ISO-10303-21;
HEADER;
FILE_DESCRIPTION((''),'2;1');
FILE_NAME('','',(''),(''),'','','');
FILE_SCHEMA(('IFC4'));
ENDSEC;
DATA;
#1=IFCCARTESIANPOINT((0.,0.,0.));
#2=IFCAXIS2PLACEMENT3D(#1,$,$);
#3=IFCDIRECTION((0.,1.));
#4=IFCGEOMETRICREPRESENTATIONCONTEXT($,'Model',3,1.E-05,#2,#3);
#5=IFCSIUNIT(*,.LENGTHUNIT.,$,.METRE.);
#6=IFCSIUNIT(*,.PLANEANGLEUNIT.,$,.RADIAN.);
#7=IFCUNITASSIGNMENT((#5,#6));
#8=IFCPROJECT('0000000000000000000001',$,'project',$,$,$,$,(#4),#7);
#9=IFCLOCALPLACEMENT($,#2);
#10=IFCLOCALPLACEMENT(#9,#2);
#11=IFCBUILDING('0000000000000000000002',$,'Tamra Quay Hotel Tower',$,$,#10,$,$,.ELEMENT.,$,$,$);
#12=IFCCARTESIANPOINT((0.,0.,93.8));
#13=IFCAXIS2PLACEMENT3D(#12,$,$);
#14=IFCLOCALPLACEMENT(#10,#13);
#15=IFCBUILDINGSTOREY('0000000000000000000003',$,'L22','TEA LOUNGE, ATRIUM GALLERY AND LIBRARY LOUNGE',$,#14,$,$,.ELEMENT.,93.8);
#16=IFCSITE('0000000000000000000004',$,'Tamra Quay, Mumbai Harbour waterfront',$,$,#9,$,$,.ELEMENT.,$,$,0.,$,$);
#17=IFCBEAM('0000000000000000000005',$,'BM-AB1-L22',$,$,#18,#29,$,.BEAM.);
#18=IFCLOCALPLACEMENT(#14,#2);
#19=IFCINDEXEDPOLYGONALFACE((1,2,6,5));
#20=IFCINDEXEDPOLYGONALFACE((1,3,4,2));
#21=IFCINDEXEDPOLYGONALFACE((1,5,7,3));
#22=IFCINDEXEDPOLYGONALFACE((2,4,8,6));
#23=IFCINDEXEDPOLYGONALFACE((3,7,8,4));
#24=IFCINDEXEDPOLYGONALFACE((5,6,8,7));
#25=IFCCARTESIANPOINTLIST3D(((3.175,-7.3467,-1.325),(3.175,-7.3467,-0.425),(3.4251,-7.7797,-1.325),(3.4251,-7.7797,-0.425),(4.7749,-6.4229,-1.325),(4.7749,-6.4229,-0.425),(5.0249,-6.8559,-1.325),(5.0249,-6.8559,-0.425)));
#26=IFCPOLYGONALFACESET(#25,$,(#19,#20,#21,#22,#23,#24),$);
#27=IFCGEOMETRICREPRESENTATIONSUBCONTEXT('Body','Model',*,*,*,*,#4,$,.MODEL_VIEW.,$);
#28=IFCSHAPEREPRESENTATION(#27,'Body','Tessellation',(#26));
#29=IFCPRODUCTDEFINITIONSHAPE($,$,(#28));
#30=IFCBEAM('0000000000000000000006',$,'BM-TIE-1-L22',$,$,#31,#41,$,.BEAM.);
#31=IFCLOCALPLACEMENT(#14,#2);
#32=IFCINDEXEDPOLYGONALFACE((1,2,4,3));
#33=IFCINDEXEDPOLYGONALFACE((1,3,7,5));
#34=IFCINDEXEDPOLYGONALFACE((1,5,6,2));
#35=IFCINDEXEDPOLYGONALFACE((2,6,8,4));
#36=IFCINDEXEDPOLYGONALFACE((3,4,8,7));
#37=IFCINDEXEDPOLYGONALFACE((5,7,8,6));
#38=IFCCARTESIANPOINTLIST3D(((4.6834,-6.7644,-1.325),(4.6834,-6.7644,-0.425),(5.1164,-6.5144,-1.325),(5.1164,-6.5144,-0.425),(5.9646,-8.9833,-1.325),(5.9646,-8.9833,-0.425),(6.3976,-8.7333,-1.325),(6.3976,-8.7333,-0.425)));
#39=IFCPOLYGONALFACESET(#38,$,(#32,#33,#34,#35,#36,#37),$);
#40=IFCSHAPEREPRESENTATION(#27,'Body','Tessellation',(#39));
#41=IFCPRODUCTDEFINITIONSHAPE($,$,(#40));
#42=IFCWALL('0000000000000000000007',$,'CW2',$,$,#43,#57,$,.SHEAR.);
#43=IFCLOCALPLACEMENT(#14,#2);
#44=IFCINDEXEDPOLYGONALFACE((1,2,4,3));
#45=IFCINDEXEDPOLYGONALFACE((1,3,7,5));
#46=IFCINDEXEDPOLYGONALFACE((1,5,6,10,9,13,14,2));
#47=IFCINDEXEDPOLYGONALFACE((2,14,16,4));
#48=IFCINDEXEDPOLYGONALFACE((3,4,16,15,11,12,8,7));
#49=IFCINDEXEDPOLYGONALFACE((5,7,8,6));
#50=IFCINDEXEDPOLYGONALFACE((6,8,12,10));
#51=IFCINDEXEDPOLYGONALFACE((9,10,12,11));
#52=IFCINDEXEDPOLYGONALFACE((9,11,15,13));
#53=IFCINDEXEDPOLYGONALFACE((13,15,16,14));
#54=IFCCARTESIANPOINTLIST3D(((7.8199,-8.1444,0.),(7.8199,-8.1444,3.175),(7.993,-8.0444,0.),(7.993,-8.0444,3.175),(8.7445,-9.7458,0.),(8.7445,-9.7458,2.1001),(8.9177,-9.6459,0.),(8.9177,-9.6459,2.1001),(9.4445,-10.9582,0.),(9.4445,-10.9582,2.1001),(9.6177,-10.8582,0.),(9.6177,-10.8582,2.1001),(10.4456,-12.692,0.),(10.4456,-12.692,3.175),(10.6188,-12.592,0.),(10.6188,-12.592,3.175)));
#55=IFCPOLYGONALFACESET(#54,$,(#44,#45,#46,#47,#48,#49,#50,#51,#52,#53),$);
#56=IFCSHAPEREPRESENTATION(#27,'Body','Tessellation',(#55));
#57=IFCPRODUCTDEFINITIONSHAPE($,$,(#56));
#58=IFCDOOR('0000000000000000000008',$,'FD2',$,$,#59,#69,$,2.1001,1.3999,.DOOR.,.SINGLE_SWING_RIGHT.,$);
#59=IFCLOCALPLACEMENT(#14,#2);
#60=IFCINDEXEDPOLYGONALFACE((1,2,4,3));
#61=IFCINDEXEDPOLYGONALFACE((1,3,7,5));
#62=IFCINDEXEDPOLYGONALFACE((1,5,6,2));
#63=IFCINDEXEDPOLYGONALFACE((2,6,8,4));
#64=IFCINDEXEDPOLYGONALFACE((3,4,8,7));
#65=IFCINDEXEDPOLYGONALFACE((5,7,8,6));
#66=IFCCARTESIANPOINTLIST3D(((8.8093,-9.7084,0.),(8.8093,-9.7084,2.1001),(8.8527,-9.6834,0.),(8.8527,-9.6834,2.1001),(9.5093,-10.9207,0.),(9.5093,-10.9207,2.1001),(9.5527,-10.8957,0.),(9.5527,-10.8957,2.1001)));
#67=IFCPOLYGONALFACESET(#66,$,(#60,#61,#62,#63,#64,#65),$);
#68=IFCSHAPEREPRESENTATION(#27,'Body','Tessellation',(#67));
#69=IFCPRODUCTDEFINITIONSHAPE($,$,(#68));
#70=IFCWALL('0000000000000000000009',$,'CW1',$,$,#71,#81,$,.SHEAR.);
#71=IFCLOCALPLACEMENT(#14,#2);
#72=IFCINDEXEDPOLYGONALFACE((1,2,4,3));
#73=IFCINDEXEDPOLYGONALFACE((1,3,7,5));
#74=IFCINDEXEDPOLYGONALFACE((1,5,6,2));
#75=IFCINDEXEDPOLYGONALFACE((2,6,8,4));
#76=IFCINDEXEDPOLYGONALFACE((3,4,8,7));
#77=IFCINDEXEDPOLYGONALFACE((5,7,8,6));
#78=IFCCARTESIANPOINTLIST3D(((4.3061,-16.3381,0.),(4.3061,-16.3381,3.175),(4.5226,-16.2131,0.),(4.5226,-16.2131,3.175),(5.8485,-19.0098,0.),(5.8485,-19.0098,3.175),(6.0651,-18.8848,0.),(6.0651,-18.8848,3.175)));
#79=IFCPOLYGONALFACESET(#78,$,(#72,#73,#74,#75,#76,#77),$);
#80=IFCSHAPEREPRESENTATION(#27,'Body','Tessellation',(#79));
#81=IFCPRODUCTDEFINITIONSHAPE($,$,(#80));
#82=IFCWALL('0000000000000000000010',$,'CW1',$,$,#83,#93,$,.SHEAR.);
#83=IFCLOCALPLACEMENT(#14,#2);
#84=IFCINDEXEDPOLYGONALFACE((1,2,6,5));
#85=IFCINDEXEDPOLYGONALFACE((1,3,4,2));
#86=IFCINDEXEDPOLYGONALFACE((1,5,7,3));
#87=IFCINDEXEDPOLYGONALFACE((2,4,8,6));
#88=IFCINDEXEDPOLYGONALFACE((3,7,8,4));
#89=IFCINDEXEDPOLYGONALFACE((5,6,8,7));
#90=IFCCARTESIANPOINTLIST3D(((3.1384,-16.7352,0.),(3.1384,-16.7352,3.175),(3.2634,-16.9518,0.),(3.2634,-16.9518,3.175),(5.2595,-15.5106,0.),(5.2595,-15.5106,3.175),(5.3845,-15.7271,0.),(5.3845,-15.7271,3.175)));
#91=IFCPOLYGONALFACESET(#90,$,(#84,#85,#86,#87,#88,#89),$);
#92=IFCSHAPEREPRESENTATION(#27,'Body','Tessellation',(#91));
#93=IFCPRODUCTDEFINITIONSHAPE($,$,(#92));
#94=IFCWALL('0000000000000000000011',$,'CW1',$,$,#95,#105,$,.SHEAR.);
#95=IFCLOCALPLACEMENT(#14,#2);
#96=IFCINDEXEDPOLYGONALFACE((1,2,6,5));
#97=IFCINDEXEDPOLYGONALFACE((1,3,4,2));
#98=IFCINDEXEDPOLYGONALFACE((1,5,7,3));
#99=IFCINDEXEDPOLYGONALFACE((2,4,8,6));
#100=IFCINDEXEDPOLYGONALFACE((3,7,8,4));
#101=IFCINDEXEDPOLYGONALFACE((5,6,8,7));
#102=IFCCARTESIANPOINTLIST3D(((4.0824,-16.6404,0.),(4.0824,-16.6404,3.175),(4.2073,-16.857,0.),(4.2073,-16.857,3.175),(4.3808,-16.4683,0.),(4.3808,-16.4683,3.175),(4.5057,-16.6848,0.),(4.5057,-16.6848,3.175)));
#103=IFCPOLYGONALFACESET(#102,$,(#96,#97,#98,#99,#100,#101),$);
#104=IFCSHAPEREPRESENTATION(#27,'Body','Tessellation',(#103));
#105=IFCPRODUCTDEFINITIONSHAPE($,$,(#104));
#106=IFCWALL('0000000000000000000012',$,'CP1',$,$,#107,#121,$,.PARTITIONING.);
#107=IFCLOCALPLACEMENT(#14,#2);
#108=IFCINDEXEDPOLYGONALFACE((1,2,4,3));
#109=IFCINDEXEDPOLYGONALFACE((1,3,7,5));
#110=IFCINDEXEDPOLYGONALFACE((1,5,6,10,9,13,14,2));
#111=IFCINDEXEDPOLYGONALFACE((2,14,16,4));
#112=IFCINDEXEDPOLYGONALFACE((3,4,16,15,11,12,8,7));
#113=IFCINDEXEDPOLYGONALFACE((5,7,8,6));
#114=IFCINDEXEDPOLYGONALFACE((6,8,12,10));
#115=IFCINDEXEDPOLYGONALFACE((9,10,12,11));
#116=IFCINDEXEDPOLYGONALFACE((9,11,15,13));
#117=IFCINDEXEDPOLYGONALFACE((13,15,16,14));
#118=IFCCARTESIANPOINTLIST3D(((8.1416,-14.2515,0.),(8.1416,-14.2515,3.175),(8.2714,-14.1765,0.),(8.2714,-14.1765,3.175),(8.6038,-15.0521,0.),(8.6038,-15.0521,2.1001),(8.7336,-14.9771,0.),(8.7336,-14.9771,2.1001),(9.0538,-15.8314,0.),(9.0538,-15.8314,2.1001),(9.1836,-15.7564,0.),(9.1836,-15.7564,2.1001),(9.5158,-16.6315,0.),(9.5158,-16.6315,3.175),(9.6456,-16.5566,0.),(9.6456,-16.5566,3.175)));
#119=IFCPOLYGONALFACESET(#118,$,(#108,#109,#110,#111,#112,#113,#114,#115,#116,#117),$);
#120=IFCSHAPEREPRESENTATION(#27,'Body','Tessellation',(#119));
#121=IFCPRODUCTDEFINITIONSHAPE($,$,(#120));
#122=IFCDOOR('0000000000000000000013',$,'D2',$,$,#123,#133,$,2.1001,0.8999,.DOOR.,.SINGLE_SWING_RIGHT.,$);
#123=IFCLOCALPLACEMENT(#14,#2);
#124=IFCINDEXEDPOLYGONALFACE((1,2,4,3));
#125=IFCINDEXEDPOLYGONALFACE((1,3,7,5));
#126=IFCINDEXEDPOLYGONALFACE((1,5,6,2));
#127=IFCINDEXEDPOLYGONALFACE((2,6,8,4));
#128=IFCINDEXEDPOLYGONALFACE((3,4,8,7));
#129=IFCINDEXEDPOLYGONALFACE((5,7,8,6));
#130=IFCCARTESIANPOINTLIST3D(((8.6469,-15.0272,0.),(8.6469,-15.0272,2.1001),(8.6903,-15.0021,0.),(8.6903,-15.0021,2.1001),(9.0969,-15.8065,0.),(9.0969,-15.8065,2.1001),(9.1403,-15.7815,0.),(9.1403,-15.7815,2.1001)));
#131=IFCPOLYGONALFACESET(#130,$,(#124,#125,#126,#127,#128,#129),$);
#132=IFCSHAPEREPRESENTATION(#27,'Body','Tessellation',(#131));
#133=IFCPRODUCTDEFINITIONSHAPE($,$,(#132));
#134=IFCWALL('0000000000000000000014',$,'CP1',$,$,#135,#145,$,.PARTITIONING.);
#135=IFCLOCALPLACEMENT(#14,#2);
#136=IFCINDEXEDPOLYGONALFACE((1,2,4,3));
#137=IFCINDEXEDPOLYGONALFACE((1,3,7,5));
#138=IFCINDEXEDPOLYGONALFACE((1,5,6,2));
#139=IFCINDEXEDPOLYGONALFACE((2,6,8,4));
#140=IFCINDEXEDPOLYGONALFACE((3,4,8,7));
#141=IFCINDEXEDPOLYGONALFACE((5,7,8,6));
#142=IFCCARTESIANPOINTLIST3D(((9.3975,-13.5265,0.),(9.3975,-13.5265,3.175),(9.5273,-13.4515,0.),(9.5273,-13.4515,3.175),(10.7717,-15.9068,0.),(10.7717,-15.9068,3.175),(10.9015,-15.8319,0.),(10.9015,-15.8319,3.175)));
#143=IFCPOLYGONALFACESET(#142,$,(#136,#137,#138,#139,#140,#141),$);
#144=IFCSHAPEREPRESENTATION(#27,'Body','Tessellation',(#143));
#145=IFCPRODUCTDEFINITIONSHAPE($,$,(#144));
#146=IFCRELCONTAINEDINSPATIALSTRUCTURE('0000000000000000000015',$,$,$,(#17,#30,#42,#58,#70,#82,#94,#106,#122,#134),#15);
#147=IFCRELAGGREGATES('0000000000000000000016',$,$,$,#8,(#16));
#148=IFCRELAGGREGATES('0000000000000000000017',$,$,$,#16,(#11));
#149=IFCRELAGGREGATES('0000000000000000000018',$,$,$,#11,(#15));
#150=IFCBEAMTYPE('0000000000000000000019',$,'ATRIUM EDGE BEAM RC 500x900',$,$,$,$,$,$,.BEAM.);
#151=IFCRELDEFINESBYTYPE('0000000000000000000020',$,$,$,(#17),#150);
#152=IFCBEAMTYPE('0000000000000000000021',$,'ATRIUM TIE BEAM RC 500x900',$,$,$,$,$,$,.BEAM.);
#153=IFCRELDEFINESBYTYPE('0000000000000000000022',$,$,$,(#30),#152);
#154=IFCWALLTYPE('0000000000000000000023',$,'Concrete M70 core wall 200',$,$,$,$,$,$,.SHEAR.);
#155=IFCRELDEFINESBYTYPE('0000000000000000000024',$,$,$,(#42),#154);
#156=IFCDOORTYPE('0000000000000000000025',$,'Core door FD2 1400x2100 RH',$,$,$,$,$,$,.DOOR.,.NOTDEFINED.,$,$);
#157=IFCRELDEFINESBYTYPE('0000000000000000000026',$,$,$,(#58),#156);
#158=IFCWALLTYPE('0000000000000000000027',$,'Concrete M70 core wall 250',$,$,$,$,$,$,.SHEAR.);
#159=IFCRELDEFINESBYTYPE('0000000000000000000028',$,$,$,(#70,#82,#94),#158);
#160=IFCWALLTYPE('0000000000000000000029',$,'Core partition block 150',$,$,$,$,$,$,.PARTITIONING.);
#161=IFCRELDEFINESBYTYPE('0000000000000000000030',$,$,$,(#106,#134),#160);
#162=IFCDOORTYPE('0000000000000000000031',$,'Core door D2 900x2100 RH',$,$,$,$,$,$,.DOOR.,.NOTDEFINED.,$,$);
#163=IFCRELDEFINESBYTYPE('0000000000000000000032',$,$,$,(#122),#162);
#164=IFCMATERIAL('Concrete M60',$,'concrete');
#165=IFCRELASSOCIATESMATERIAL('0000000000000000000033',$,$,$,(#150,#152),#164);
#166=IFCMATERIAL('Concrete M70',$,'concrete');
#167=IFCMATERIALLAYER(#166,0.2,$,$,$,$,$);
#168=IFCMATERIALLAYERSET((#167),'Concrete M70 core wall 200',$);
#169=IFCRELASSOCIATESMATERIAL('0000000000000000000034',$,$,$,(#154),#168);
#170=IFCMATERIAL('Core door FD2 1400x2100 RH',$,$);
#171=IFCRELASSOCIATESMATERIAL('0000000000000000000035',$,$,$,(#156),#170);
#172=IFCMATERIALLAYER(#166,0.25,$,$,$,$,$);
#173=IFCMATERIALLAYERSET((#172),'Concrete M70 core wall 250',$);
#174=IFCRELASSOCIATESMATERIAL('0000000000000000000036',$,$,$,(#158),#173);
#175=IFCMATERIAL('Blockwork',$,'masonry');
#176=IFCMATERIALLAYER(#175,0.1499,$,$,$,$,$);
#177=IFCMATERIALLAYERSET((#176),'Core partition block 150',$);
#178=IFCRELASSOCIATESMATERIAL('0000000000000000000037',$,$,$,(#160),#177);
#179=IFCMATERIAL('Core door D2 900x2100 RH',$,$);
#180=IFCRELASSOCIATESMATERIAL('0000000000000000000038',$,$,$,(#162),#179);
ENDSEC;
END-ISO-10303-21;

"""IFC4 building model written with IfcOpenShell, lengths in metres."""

from ifc_helpers import new_model, si_unit, direction, frame, frame_2d, origin, origin_2d, place, context, subcontext, project, spatial, rectangle, extrude, material, layer, layer_set, material_profile, profile_set, type_object, element, fill, save


model = new_model("IFC4")

# Units and contexts
model_context = context("Model", 3, precision=1e-05, world=origin(), true_north=direction((0.0, 1.0)))
body_context = subcontext(model_context, "Body", "Model", "MODEL_VIEW")
ifc_project = project(units=[si_unit("LENGTHUNIT", "METRE"), si_unit("PLANEANGLEUNIT", "RADIAN")], contexts=[model_context])

# Site, building, storey
site_placement = place(None, origin())
site = spatial("IfcSite", under=ifc_project, at=site_placement, Name="Tamra Quay, Mumbai Harbour waterfront", CompositionType="ELEMENT", RefElevation=0.0)
building_placement = place(site_placement, origin())
building = spatial("IfcBuilding", under=site, at=building_placement, Name="Tamra Quay Hotel Tower", CompositionType="ELEMENT")
storey_placement = place(building_placement, frame((0.0, 0.0, 93.8)))
storey = spatial("IfcBuildingStorey", under=building, at=storey_placement, Name="L22", Description="TEA LOUNGE, ATRIUM GALLERY AND LIBRARY LOUNGE", CompositionType="ELEMENT", Elevation=93.8)

# Beams
ifc_material_1 = material(Name="Concrete M60", Category="concrete")
ifc_material_profile_1 = material_profile(ifc_material_1, rectangle(XDim=0.5, YDim=0.8999, at=origin_2d()), Name="ATRIUM EDGE BEAM RC 500x900")
ifc_profile_set_1 = profile_set([ifc_material_profile_1], Name="Concrete M60")
beam_type_1 = type_object("IfcBeamType", Name="ATRIUM EDGE BEAM RC 500x900", PredefinedType="BEAM", material=ifc_profile_set_1)
beam_1_placement = place(storey_placement, frame((4.8999, -6.6394, -0.875), z_axis=(-0.86599, -0.500062, 0.0), x_axis=(0.500062, -0.86599, 0.0)))
element("IfcBeam", 1, at=beam_1_placement, inside=storey, type_object=beam_type_1, Name="BM-AB1-L22", PredefinedType="BEAM", context=body_context, shape_type="SweptSolid", body=[
    extrude(rectangle(XDim=0.5, YDim=0.8999, at=origin_2d()), origin(), (0.0, 0.0, 1.0), 1.8474),
])
ifc_material_profile_2 = material_profile(ifc_material_1, rectangle(XDim=0.5, YDim=0.8999, at=origin_2d()), Name="ATRIUM TIE BEAM RC 500x900")
ifc_profile_set_2 = profile_set([ifc_material_profile_2], Name="Concrete M60")
beam_type_2 = type_object("IfcBeamType", Name="ATRIUM TIE BEAM RC 500x900", PredefinedType="BEAM", material=ifc_profile_set_2)
beam_2_placement = place(storey_placement, frame((4.8999, -6.6394, -0.875), z_axis=(0.500033, -0.866006, 0.0), x_axis=(0.866006, 0.500033, 0.0)))
element("IfcBeam", 2, at=beam_2_placement, inside=storey, type_object=beam_type_2, Name="BM-TIE-1-L22", PredefinedType="BEAM", context=body_context, shape_type="SweptSolid", body=[
    extrude(rectangle(XDim=0.5, YDim=0.8999, at=origin_2d()), origin(), (0.0, 0.0, 1.0), 2.5623),
])

# Wall, opening, door
ifc_material_2 = material(Name="Concrete M70", Category="concrete")
ifc_layer_1 = layer(ifc_material_2, 0.2)
ifc_layer_set_1 = layer_set([ifc_layer_1], Name="Concrete M70 core wall 200")
wall_type_1 = type_object("IfcWallType", Name="Concrete M70 core wall 200", PredefinedType="SHEAR", material=ifc_layer_set_1)
wall_1_placement = place(storey_placement, frame((7.9065, -8.0945, 0.0), z_axis=(0.0, 0.0, 1.0), x_axis=(0.500024, -0.866011, 0.0)))
wall_1 = element("IfcWall", 3, at=wall_1_placement, inside=storey, type_object=wall_type_1, Name="CW2", PredefinedType="SHEAR", context=body_context, shape_type="SweptSolid", body=[
    extrude(rectangle(XDim=5.2512, YDim=0.2, at=frame_2d((2.6255, 0.0))), origin(), (0.0, 0.0, 1.0), 3.175),
])
opening_1_placement = place(wall_1_placement, frame((1.8491, 0.0, 0.0)))
opening_1 = element("IfcOpeningElement", 4, at=opening_1_placement, cuts=wall_1, PredefinedType="OPENING", context=body_context, shape_type="SweptSolid", body=[
    extrude(rectangle(XDim=1.3999, YDim=2.1001, at=frame_2d((0.7, 1.05))), frame((0.0, 0.1099, 0.0), z_axis=(0.0, -1.0, 0.0), x_axis=(1.0, 0.0, 0.0)), (0.0, 0.0, 1.0), 0.22),
])
ifc_material_3 = material(Name="Core door FD2 1400x2100 RH")
door_type_1 = type_object("IfcDoorType", Name="Core door FD2 1400x2100 RH", OperationType="NOTDEFINED", PredefinedType="DOOR", material=ifc_material_3)
door_1_placement = place(opening_1_placement, origin())
door_1 = element("IfcDoor", 5, at=door_1_placement, inside=storey, type_object=door_type_1, Name="FD2", OperationType="SINGLE_SWING_RIGHT", OverallHeight=2.1001, OverallWidth=1.3999, PredefinedType="DOOR", context=body_context, shape_type="SweptSolid", body=[
    extrude(rectangle(XDim=1.3999, YDim=2.1001, at=frame_2d((0.7, 1.05))), frame((0.0, 0.0249, 0.0), z_axis=(0.0, -1.0, 0.0), x_axis=(1.0, 0.0, 0.0)), (0.0, 0.0, 1.0), 0.05),
])
fill(opening_1, door_1)

# Walls
ifc_layer_2 = layer(ifc_material_2, 0.25)
ifc_layer_set_2 = layer_set([ifc_layer_2], Name="Concrete M70 core wall 250")
wall_type_2 = type_object("IfcWallType", Name="Concrete M70 core wall 250", PredefinedType="SHEAR", material=ifc_layer_set_2)
wall_2_placement = place(storey_placement, frame((4.4143, -16.2756, 0.0), z_axis=(0.0, 0.0, 1.0), x_axis=(0.500003, -0.866023, 0.0)))
element("IfcWall", 6, at=wall_2_placement, inside=storey, type_object=wall_type_2, Name="CW1", PredefinedType="SHEAR", context=body_context, shape_type="SweptSolid", body=[
    extrude(rectangle(XDim=3.085, YDim=0.25, at=frame_2d((1.5425, 0.0))), origin(), (0.0, 0.0, 1.0), 3.175),
])
wall_3_placement = place(storey_placement, frame((5.322, -15.6189, 0.0), z_axis=(0.0, 0.0, 1.0), x_axis=(-0.866026, -0.499999, 0.0)))
element("IfcWall", 7, at=wall_3_placement, inside=storey, type_object=wall_type_2, Name="CW1", PredefinedType="SHEAR", context=body_context, shape_type="SweptSolid", body=[
    extrude(rectangle(XDim=2.4492, YDim=0.25, at=frame_2d((1.2246, 0.0))), origin(), (0.0, 0.0, 1.0), 3.175),
])
wall_4_placement = place(storey_placement, frame((4.1448, -16.7488, 0.0), z_axis=(0.0, 0.0, 1.0), x_axis=(0.866186, 0.499722, 0.0)))
element("IfcWall", 8, at=wall_4_placement, inside=storey, type_object=wall_type_2, Name="CW1", PredefinedType="SHEAR", context=body_context, shape_type="SweptSolid", body=[
    extrude(rectangle(XDim=0.3445, YDim=0.25, at=frame_2d((0.1724, 0.0))), origin(), (0.0, 0.0, 1.0), 3.175),
])

# Wall, opening, door
ifc_material_4 = material(Name="Blockwork", Category="masonry")
ifc_layer_3 = layer(ifc_material_4, 0.1499)
ifc_layer_set_3 = layer_set([ifc_layer_3], Name="Core partition block 150")
wall_type_3 = type_object("IfcWallType", Name="Core partition block 150", PredefinedType="PARTITIONING", material=ifc_layer_set_3)
wall_5_placement = place(storey_placement, frame((8.2065, -14.2141, 0.0), z_axis=(0.0, 0.0, 1.0), x_axis=(0.500027, -0.86601, 0.0)))
wall_5 = element("IfcWall", 9, at=wall_5_placement, inside=storey, type_object=wall_type_3, Name="CP1", PredefinedType="PARTITIONING", context=body_context, shape_type="SweptSolid", body=[
    extrude(rectangle(XDim=2.7483, YDim=0.1499, at=frame_2d((1.374, 0.0))), origin(), (0.0, 0.0, 1.0), 3.175),
])
opening_2_placement = place(wall_5_placement, frame((0.9243, 0.0, 0.0)))
opening_2 = element("IfcOpeningElement", 10, at=opening_2_placement, cuts=wall_5, PredefinedType="OPENING", context=body_context, shape_type="SweptSolid", body=[
    extrude(rectangle(XDim=0.8999, YDim=2.1001, at=frame_2d((0.45, 1.05))), frame((0.0, 0.085, 0.0), z_axis=(0.0, -1.0, 0.0), x_axis=(1.0, 0.0, 0.0)), (0.0, 0.0, 1.0), 0.1699),
])
ifc_material_5 = material(Name="Core door D2 900x2100 RH")
door_type_2 = type_object("IfcDoorType", Name="Core door D2 900x2100 RH", OperationType="NOTDEFINED", PredefinedType="DOOR", material=ifc_material_5)
door_2_placement = place(opening_2_placement, origin())
door_2 = element("IfcDoor", 11, at=door_2_placement, inside=storey, type_object=door_type_2, Name="D2", OperationType="SINGLE_SWING_RIGHT", OverallHeight=2.1001, OverallWidth=0.8999, PredefinedType="DOOR", context=body_context, shape_type="SweptSolid", body=[
    extrude(rectangle(XDim=0.8999, YDim=2.1001, at=frame_2d((0.45, 1.05))), frame((0.0, 0.0249, 0.0), z_axis=(0.0, -1.0, 0.0), x_axis=(1.0, 0.0, 0.0)), (0.0, 0.0, 1.0), 0.05),
])
fill(opening_2, door_2)

# Wall
wall_6_placement = place(storey_placement, frame((9.4624, -13.489, 0.0), z_axis=(0.0, 0.0, 1.0), x_axis=(0.499989, -0.866032, 0.0)))
element("IfcWall", 12, at=wall_6_placement, inside=storey, type_object=wall_type_3, Name="CP1", PredefinedType="PARTITIONING", context=body_context, shape_type="SweptSolid", body=[
    extrude(rectangle(XDim=2.7485, YDim=0.1499, at=frame_2d((1.3743, 0.0))), origin(), (0.0, 0.0, 1.0), 3.175),
])

save(model, "model.ifc")
